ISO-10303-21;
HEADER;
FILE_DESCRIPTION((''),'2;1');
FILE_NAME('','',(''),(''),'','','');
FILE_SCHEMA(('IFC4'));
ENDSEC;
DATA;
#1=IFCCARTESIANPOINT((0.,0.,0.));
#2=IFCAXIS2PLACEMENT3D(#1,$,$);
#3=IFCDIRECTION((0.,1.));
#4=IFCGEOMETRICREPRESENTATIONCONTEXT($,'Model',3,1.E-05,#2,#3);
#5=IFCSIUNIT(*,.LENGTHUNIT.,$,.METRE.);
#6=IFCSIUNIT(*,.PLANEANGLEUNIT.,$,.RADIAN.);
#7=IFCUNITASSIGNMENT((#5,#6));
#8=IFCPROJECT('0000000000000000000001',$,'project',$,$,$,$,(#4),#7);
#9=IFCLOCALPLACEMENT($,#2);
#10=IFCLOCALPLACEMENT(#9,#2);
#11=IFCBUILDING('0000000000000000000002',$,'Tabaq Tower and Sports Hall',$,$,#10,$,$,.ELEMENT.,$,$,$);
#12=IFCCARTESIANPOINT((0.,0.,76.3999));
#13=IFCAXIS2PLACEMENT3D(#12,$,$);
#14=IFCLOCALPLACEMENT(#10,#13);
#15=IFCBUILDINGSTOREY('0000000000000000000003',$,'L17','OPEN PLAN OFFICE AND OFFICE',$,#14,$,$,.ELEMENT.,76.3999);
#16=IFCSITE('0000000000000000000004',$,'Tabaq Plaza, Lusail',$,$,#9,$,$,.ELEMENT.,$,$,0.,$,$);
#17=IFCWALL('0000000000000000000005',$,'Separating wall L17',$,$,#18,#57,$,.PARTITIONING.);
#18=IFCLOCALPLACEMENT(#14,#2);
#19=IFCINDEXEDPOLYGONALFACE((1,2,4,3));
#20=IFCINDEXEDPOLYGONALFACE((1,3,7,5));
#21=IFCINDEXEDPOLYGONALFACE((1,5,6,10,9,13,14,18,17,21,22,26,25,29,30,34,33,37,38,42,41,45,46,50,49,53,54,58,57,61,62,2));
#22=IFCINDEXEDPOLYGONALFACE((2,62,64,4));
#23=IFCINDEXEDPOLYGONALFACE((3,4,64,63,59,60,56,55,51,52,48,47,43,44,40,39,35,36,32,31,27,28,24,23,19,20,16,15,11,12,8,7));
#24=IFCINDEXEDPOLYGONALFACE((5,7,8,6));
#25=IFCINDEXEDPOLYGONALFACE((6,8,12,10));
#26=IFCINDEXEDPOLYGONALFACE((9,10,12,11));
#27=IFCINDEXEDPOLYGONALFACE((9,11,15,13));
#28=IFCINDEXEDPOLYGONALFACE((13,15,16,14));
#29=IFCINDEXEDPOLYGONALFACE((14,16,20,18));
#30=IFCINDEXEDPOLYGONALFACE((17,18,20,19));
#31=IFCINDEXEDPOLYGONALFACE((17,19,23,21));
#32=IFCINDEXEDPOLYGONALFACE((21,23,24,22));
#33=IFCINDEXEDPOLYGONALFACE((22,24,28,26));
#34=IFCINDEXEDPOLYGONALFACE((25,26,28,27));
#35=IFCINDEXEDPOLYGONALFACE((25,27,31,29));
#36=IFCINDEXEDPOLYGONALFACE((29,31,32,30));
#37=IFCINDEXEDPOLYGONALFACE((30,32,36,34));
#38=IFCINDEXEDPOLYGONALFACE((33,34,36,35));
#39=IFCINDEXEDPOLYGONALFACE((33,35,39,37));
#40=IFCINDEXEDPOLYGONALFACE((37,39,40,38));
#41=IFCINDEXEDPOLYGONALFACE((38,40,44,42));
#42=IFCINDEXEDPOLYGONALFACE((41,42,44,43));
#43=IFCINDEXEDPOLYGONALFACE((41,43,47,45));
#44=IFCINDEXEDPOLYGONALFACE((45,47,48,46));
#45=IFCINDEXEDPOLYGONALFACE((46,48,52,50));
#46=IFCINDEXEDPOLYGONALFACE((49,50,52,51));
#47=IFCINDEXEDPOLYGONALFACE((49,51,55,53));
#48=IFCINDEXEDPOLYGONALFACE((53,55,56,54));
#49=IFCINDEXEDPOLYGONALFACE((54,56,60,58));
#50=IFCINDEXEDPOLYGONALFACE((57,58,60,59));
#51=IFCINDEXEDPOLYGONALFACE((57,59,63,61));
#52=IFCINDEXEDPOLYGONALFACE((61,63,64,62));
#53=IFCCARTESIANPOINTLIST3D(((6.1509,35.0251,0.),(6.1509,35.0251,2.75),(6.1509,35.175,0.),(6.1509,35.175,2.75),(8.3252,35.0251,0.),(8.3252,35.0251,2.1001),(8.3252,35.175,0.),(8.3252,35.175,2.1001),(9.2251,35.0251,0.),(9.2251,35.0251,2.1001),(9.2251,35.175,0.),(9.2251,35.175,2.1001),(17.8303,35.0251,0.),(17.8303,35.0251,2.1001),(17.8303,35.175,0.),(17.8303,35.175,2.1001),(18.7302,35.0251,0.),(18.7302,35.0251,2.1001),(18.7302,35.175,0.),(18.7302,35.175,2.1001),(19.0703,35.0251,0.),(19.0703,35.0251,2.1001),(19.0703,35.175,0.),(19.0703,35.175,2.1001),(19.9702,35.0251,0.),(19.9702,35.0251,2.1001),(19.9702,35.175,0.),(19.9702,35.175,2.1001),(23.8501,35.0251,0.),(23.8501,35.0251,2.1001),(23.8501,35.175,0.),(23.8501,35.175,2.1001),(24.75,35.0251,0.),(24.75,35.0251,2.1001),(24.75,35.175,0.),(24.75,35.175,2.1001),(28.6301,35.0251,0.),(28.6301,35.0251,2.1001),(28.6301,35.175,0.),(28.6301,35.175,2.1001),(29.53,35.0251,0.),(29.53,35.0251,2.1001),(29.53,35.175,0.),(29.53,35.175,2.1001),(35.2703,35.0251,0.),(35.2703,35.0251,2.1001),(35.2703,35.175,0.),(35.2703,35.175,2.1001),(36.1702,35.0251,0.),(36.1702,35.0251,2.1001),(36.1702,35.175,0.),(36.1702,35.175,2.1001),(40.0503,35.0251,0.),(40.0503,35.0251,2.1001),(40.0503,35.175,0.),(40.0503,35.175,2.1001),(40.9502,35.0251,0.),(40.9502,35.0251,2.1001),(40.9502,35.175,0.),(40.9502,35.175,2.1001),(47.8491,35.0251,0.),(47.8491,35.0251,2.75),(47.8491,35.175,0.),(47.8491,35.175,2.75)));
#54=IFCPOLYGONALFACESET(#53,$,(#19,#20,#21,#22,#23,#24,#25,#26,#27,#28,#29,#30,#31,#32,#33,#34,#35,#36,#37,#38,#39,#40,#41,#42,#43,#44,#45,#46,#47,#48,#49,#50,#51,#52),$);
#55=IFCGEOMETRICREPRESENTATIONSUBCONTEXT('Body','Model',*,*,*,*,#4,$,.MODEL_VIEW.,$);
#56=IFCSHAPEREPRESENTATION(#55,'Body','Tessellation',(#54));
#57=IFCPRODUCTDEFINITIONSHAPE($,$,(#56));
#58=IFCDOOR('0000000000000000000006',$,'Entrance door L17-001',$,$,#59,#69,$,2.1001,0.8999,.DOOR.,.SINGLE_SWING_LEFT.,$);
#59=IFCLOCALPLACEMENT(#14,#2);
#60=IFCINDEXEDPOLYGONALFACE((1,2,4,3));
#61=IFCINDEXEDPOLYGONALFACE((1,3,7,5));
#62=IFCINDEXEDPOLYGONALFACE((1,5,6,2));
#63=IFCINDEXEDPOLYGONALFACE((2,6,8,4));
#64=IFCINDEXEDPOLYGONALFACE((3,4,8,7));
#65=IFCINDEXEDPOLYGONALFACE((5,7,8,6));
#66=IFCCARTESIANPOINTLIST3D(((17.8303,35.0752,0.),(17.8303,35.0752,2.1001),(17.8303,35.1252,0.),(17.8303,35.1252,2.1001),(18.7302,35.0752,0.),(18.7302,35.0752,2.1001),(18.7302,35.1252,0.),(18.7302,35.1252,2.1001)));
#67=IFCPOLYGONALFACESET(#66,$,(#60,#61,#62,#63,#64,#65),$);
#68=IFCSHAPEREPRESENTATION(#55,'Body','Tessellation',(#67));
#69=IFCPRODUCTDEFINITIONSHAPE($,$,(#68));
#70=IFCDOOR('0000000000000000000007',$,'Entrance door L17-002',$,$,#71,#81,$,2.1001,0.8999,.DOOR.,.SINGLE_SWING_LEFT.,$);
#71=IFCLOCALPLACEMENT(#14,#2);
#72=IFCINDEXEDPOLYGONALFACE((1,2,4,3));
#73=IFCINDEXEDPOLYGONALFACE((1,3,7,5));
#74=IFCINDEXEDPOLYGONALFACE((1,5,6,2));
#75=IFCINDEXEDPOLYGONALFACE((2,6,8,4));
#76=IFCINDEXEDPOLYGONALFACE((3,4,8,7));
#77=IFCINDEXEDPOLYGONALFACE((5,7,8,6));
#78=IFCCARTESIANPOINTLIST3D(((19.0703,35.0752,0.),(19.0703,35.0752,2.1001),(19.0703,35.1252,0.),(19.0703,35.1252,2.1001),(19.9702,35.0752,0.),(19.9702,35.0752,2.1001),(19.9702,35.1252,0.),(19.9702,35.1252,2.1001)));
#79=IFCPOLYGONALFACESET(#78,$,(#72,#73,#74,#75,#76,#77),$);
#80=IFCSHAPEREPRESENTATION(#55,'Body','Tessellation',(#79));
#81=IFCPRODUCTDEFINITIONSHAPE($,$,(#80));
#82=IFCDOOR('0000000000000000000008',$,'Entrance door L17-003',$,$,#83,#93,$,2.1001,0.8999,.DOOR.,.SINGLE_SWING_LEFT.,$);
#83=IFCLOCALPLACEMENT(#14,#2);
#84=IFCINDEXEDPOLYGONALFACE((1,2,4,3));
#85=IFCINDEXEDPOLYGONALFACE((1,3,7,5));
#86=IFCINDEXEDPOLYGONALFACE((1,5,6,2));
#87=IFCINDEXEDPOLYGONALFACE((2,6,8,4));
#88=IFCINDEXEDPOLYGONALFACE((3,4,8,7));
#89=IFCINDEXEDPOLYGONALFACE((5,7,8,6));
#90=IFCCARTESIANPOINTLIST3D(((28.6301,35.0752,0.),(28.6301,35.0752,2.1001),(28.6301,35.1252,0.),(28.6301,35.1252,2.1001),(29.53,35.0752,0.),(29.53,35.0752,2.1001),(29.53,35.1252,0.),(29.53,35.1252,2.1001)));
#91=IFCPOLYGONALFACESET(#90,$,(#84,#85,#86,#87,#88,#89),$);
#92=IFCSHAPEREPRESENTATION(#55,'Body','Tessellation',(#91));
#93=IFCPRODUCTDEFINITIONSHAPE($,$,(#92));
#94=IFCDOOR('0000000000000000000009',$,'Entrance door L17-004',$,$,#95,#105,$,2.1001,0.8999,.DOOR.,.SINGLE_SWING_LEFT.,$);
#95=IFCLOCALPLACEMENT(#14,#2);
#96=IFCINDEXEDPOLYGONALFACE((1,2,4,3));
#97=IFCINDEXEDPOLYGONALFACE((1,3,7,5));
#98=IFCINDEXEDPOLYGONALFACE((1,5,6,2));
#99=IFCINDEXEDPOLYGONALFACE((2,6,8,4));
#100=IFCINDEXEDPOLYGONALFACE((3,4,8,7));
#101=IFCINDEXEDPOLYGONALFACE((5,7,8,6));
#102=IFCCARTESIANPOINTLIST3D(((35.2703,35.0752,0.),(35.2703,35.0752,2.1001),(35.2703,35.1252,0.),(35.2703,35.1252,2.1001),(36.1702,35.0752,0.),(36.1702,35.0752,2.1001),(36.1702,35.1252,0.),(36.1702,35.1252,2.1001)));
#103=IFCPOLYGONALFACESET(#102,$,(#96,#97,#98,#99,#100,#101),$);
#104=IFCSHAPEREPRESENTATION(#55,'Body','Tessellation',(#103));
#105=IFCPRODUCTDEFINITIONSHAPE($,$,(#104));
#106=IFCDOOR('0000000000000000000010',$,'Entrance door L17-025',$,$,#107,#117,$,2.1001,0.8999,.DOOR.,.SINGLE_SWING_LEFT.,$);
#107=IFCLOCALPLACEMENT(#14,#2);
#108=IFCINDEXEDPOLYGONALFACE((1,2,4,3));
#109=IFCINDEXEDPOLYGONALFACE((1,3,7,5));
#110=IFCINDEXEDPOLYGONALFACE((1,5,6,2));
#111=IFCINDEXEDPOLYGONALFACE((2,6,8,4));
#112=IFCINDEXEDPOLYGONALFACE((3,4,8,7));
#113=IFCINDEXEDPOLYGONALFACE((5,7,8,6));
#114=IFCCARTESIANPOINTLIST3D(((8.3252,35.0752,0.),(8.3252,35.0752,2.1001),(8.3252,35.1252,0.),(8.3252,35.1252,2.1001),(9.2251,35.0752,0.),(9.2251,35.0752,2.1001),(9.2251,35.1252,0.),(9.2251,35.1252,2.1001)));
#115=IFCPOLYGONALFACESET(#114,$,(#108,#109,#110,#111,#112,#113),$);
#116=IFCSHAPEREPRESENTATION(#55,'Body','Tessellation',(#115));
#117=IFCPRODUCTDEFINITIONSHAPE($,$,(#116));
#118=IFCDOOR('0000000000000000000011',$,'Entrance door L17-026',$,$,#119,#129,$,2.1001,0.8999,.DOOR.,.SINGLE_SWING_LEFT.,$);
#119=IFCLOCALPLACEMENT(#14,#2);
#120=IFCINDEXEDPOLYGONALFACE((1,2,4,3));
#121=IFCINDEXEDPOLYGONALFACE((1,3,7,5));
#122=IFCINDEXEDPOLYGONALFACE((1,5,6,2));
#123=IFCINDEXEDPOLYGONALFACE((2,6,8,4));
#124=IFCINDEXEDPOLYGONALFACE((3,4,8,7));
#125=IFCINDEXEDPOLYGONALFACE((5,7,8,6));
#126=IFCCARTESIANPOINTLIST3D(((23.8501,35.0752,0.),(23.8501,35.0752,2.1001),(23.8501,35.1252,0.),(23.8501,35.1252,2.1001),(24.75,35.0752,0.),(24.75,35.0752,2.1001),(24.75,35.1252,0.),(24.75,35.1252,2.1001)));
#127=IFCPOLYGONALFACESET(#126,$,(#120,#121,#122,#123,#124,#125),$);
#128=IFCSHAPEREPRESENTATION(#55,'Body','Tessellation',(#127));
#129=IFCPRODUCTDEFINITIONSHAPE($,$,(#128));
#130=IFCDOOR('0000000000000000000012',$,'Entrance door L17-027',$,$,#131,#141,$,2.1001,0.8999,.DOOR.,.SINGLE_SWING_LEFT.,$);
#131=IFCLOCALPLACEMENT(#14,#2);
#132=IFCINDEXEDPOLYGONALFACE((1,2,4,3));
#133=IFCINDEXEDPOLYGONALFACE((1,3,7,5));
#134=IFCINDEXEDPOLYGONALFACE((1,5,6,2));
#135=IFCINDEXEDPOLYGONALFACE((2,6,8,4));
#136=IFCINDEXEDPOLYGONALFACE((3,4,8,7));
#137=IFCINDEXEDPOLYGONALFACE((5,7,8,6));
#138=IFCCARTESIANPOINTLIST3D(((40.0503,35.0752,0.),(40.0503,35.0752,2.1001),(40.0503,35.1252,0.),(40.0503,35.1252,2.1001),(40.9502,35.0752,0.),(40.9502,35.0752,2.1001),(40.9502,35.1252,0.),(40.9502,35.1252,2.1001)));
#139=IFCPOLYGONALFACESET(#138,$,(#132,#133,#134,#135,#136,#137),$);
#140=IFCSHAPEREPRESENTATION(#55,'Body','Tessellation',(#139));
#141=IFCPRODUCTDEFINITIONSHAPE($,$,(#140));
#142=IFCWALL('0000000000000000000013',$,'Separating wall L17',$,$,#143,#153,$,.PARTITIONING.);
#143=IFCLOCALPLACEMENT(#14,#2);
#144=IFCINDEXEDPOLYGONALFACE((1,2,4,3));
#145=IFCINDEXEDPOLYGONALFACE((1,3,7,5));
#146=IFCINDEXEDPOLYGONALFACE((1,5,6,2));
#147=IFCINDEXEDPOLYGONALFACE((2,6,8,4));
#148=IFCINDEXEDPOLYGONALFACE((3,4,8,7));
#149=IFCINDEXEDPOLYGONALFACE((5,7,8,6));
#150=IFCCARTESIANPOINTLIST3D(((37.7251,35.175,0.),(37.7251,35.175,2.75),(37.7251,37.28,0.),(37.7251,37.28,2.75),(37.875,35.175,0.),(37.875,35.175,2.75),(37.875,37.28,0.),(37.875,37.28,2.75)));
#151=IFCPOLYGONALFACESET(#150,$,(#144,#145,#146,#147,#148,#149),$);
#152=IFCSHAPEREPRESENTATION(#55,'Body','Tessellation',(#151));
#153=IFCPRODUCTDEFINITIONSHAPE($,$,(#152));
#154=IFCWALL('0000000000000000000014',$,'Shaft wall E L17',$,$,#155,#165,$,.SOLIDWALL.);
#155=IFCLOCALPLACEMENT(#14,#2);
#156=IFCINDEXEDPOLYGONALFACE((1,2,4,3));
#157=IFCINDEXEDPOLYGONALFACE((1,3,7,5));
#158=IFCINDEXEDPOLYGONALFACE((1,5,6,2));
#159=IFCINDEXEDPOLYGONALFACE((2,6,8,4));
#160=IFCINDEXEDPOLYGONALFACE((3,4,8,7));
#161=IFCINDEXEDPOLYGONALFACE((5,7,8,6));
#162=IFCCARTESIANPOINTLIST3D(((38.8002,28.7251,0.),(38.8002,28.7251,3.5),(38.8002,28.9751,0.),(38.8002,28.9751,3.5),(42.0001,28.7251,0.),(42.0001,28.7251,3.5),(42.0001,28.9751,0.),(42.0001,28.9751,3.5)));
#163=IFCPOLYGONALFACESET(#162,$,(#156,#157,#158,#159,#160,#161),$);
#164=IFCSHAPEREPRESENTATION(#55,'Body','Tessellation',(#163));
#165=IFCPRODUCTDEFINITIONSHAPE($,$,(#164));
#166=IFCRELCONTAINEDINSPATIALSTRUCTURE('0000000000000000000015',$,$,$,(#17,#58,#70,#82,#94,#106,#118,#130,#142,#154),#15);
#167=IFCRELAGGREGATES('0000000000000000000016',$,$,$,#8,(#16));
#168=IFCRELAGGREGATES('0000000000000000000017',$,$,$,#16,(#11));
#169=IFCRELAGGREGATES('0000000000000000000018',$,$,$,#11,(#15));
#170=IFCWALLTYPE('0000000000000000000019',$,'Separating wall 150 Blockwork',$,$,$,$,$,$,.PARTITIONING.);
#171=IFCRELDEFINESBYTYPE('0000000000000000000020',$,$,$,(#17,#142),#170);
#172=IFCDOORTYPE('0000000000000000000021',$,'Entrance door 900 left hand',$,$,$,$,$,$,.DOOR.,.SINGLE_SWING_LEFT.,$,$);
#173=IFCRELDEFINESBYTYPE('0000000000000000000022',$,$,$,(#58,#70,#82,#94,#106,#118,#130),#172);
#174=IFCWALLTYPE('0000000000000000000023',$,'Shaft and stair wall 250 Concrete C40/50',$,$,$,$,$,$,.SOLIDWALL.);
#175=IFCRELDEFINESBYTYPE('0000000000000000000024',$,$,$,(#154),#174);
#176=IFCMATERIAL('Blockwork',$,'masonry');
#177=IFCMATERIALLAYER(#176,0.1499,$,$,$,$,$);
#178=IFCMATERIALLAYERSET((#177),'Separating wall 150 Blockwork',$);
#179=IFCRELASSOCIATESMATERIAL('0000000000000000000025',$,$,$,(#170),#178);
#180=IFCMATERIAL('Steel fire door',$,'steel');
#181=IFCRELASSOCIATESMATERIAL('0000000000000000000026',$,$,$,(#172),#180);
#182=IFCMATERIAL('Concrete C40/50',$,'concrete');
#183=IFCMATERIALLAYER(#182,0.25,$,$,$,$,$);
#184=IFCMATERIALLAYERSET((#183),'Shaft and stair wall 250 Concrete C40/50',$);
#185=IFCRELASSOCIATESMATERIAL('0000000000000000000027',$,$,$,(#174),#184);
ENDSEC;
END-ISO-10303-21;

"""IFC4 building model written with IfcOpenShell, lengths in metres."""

from ifc_helpers import new_model, si_unit, direction, frame, frame_2d, origin, place, context, subcontext, project, spatial, rectangle, extrude, material, layer, layer_set, type_object, element, fill, save


model = new_model("IFC4")

# Units and contexts
model_context = context("Model", 3, precision=1e-05, world=origin(), true_north=direction((0.0, 1.0)))
body_context = subcontext(model_context, "Body", "Model", "MODEL_VIEW")
ifc_project = project(units=[si_unit("LENGTHUNIT", "METRE"), si_unit("PLANEANGLEUNIT", "RADIAN")], contexts=[model_context])

# Site, building, storey
site_placement = place(None, origin())
site = spatial("IfcSite", under=ifc_project, at=site_placement, Name="Tabaq Plaza, Lusail", CompositionType="ELEMENT", RefElevation=0.0)
building_placement = place(site_placement, origin())
building = spatial("IfcBuilding", under=site, at=building_placement, Name="Tabaq Tower and Sports Hall", CompositionType="ELEMENT")
storey_placement = place(building_placement, frame((0.0, 0.0, 76.3999)))
storey = spatial("IfcBuildingStorey", under=building, at=storey_placement, Name="L17", Description="OPEN PLAN OFFICE AND OFFICE", CompositionType="ELEMENT", Elevation=76.3999)

# Wall, openings, doors
ifc_material_1 = material(Name="Blockwork", Category="masonry")
ifc_layer_1 = layer(ifc_material_1, 0.1499)
ifc_layer_set_1 = layer_set([ifc_layer_1], Name="Separating wall 150 Blockwork")
wall_type_1 = type_object("IfcWallType", Name="Separating wall 150 Blockwork", PredefinedType="PARTITIONING", material=ifc_layer_set_1)
wall_1_placement = place(storey_placement, frame((47.8491, 35.1001, 0.0), z_axis=(0.0, 0.0, 1.0), x_axis=(-1.0, 0.0, 0.0)))
wall_1 = element("IfcWall", 1, at=wall_1_placement, inside=storey, type_object=wall_type_1, Name="Separating wall L17", PredefinedType="PARTITIONING", context=body_context, shape_type="SweptSolid", body=[
    extrude(rectangle(XDim=41.6982, YDim=0.1499, at=frame_2d((20.8491, 0.0))), origin(), (0.0, 0.0, 1.0), 2.75),
])
opening_1_placement = place(wall_1_placement, frame((29.1189, 0.0, 0.0)))
opening_1 = element("IfcOpeningElement", 2, at=opening_1_placement, cuts=wall_1, PredefinedType="OPENING", context=body_context, shape_type="SweptSolid", body=[
    extrude(rectangle(XDim=0.8999, YDim=2.1001, at=frame_2d((0.45, 1.05))), frame((0.0, 0.075, 0.0), z_axis=(0.0, -1.0, 0.0), x_axis=(1.0, 0.0, 0.0)), (0.0, 0.0, 1.0), 0.1499),
])
opening_2_placement = place(wall_1_placement, frame((27.8789, 0.0, 0.0)))
opening_2 = element("IfcOpeningElement", 3, at=opening_2_placement, cuts=wall_1, PredefinedType="OPENING", context=body_context, shape_type="SweptSolid", body=[
    extrude(rectangle(XDim=0.8999, YDim=2.1001, at=frame_2d((0.45, 1.05))), frame((0.0, 0.075, 0.0), z_axis=(0.0, -1.0, 0.0), x_axis=(1.0, 0.0, 0.0)), (0.0, 0.0, 1.0), 0.1499),
])
opening_3_placement = place(wall_1_placement, frame((18.3191, 0.0, 0.0)))
opening_3 = element("IfcOpeningElement", 4, at=opening_3_placement, cuts=wall_1, PredefinedType="OPENING", context=body_context, shape_type="SweptSolid", body=[
    extrude(rectangle(XDim=0.8999, YDim=2.1001, at=frame_2d((0.45, 1.05))), frame((0.0, 0.075, 0.0), z_axis=(0.0, -1.0, 0.0), x_axis=(1.0, 0.0, 0.0)), (0.0, 0.0, 1.0), 0.1499),
])
opening_4_placement = place(wall_1_placement, frame((11.679, 0.0, 0.0)))
opening_4 = element("IfcOpeningElement", 5, at=opening_4_placement, cuts=wall_1, PredefinedType="OPENING", context=body_context, shape_type="SweptSolid", body=[
    extrude(rectangle(XDim=0.8999, YDim=2.1001, at=frame_2d((0.45, 1.05))), frame((0.0, 0.075, 0.0), z_axis=(0.0, -1.0, 0.0), x_axis=(1.0, 0.0, 0.0)), (0.0, 0.0, 1.0), 0.1499),
])
opening_5_placement = place(wall_1_placement, frame((38.624, 0.0, 0.0)))
opening_5 = element("IfcOpeningElement", 6, at=opening_5_placement, cuts=wall_1, PredefinedType="OPENING", context=body_context, shape_type="SweptSolid", body=[
    extrude(rectangle(XDim=0.8999, YDim=2.1001, at=frame_2d((0.45, 1.05))), frame((0.0, 0.075, 0.0), z_axis=(0.0, -1.0, 0.0), x_axis=(1.0, 0.0, 0.0)), (0.0, 0.0, 1.0), 0.1499),
])
opening_6_placement = place(wall_1_placement, frame((23.0991, 0.0, 0.0)))
opening_6 = element("IfcOpeningElement", 7, at=opening_6_placement, cuts=wall_1, PredefinedType="OPENING", context=body_context, shape_type="SweptSolid", body=[
    extrude(rectangle(XDim=0.8999, YDim=2.1001, at=frame_2d((0.45, 1.05))), frame((0.0, 0.075, 0.0), z_axis=(0.0, -1.0, 0.0), x_axis=(1.0, 0.0, 0.0)), (0.0, 0.0, 1.0), 0.1499),
])
opening_7_placement = place(wall_1_placement, frame((6.8989, 0.0, 0.0)))
opening_7 = element("IfcOpeningElement", 8, at=opening_7_placement, cuts=wall_1, PredefinedType="OPENING", context=body_context, shape_type="SweptSolid", body=[
    extrude(rectangle(XDim=0.8999, YDim=2.1001, at=frame_2d((0.45, 1.05))), frame((0.0, 0.075, 0.0), z_axis=(0.0, -1.0, 0.0), x_axis=(1.0, 0.0, 0.0)), (0.0, 0.0, 1.0), 0.1499),
])
ifc_material_2 = material(Name="Steel fire door", Category="steel")
door_type_1 = type_object("IfcDoorType", Name="Entrance door 900 left hand", OperationType="SINGLE_SWING_LEFT", PredefinedType="DOOR", material=ifc_material_2)
door_1_placement = place(opening_1_placement, origin())
door_1 = element("IfcDoor", 9, at=door_1_placement, inside=storey, type_object=door_type_1, Name="Entrance door L17-001", OperationType="SINGLE_SWING_LEFT", OverallHeight=2.1001, OverallWidth=0.8999, PredefinedType="DOOR", context=body_context, shape_type="SweptSolid", body=[
    extrude(rectangle(XDim=0.8999, YDim=2.1001, at=frame_2d((0.45, 1.05))), frame((0.0, 0.0249, 0.0), z_axis=(0.0, -1.0, 0.0), x_axis=(1.0, 0.0, 0.0)), (0.0, 0.0, 1.0), 0.05),
])
fill(opening_1, door_1)
door_2_placement = place(opening_2_placement, origin())
door_2 = element("IfcDoor", 10, at=door_2_placement, inside=storey, type_object=door_type_1, Name="Entrance door L17-002", OperationType="SINGLE_SWING_LEFT", OverallHeight=2.1001, OverallWidth=0.8999, PredefinedType="DOOR", context=body_context, shape_type="SweptSolid", body=[
    extrude(rectangle(XDim=0.8999, YDim=2.1001, at=frame_2d((0.45, 1.05))), frame((0.0, 0.0249, 0.0), z_axis=(0.0, -1.0, 0.0), x_axis=(1.0, 0.0, 0.0)), (0.0, 0.0, 1.0), 0.05),
])
fill(opening_2, door_2)
door_3_placement = place(opening_3_placement, origin())
door_3 = element("IfcDoor", 11, at=door_3_placement, inside=storey, type_object=door_type_1, Name="Entrance door L17-003", OperationType="SINGLE_SWING_LEFT", OverallHeight=2.1001, OverallWidth=0.8999, PredefinedType="DOOR", context=body_context, shape_type="SweptSolid", body=[
    extrude(rectangle(XDim=0.8999, YDim=2.1001, at=frame_2d((0.45, 1.05))), frame((0.0, 0.0249, 0.0), z_axis=(0.0, -1.0, 0.0), x_axis=(1.0, 0.0, 0.0)), (0.0, 0.0, 1.0), 0.05),
])
fill(opening_3, door_3)
door_4_placement = place(opening_4_placement, origin())
door_4 = element("IfcDoor", 12, at=door_4_placement, inside=storey, type_object=door_type_1, Name="Entrance door L17-004", OperationType="SINGLE_SWING_LEFT", OverallHeight=2.1001, OverallWidth=0.8999, PredefinedType="DOOR", context=body_context, shape_type="SweptSolid", body=[
    extrude(rectangle(XDim=0.8999, YDim=2.1001, at=frame_2d((0.45, 1.05))), frame((0.0, 0.0249, 0.0), z_axis=(0.0, -1.0, 0.0), x_axis=(1.0, 0.0, 0.0)), (0.0, 0.0, 1.0), 0.05),
])
fill(opening_4, door_4)
door_5_placement = place(opening_5_placement, origin())
door_5 = element("IfcDoor", 13, at=door_5_placement, inside=storey, type_object=door_type_1, Name="Entrance door L17-025", OperationType="SINGLE_SWING_LEFT", OverallHeight=2.1001, OverallWidth=0.8999, PredefinedType="DOOR", context=body_context, shape_type="SweptSolid", body=[
    extrude(rectangle(XDim=0.8999, YDim=2.1001, at=frame_2d((0.45, 1.05))), frame((0.0, 0.0249, 0.0), z_axis=(0.0, -1.0, 0.0), x_axis=(1.0, 0.0, 0.0)), (0.0, 0.0, 1.0), 0.05),
])
fill(opening_5, door_5)
door_6_placement = place(opening_6_placement, origin())
door_6 = element("IfcDoor", 14, at=door_6_placement, inside=storey, type_object=door_type_1, Name="Entrance door L17-026", OperationType="SINGLE_SWING_LEFT", OverallHeight=2.1001, OverallWidth=0.8999, PredefinedType="DOOR", context=body_context, shape_type="SweptSolid", body=[
    extrude(rectangle(XDim=0.8999, YDim=2.1001, at=frame_2d((0.45, 1.05))), frame((0.0, 0.0249, 0.0), z_axis=(0.0, -1.0, 0.0), x_axis=(1.0, 0.0, 0.0)), (0.0, 0.0, 1.0), 0.05),
])
fill(opening_6, door_6)
door_7_placement = place(opening_7_placement, origin())
door_7 = element("IfcDoor", 15, at=door_7_placement, inside=storey, type_object=door_type_1, Name="Entrance door L17-027", OperationType="SINGLE_SWING_LEFT", OverallHeight=2.1001, OverallWidth=0.8999, PredefinedType="DOOR", context=body_context, shape_type="SweptSolid", body=[
    extrude(rectangle(XDim=0.8999, YDim=2.1001, at=frame_2d((0.45, 1.05))), frame((0.0, 0.0249, 0.0), z_axis=(0.0, -1.0, 0.0), x_axis=(1.0, 0.0, 0.0)), (0.0, 0.0, 1.0), 0.05),
])
fill(opening_7, door_7)

# Walls
wall_2_placement = place(storey_placement, frame((37.8, 35.175, 0.0), z_axis=(0.0, 0.0, 1.0), x_axis=(0.0, 1.0, 0.0)))
element("IfcWall", 16, at=wall_2_placement, inside=storey, type_object=wall_type_1, Name="Separating wall L17", PredefinedType="PARTITIONING", context=body_context, shape_type="SweptSolid", body=[
    extrude(rectangle(XDim=2.105, YDim=0.1499, at=frame_2d((1.0525, 0.0))), origin(), (0.0, 0.0, 1.0), 2.75),
])
ifc_material_3 = material(Name="Concrete C40/50", Category="concrete")
ifc_layer_2 = layer(ifc_material_3, 0.25)
ifc_layer_set_2 = layer_set([ifc_layer_2], Name="Shaft and stair wall 250 Concrete C40/50")
wall_type_2 = type_object("IfcWallType", Name="Shaft and stair wall 250 Concrete C40/50", PredefinedType="SOLIDWALL", material=ifc_layer_set_2)
wall_3_placement = place(storey_placement, frame((38.8, 28.8501, 0.0), z_axis=(0.0, 0.0, 1.0), x_axis=(1.0, 0.0, 0.0)))
element("IfcWall", 17, at=wall_3_placement, inside=storey, type_object=wall_type_2, Name="Shaft wall E L17", PredefinedType="SOLIDWALL", context=body_context, shape_type="SweptSolid", body=[
    extrude(rectangle(XDim=3.2, YDim=0.25, at=frame_2d((1.6001, 0.0))), origin(), (0.0, 0.0, 1.0), 3.5),
])

save(model, "model.ifc")
